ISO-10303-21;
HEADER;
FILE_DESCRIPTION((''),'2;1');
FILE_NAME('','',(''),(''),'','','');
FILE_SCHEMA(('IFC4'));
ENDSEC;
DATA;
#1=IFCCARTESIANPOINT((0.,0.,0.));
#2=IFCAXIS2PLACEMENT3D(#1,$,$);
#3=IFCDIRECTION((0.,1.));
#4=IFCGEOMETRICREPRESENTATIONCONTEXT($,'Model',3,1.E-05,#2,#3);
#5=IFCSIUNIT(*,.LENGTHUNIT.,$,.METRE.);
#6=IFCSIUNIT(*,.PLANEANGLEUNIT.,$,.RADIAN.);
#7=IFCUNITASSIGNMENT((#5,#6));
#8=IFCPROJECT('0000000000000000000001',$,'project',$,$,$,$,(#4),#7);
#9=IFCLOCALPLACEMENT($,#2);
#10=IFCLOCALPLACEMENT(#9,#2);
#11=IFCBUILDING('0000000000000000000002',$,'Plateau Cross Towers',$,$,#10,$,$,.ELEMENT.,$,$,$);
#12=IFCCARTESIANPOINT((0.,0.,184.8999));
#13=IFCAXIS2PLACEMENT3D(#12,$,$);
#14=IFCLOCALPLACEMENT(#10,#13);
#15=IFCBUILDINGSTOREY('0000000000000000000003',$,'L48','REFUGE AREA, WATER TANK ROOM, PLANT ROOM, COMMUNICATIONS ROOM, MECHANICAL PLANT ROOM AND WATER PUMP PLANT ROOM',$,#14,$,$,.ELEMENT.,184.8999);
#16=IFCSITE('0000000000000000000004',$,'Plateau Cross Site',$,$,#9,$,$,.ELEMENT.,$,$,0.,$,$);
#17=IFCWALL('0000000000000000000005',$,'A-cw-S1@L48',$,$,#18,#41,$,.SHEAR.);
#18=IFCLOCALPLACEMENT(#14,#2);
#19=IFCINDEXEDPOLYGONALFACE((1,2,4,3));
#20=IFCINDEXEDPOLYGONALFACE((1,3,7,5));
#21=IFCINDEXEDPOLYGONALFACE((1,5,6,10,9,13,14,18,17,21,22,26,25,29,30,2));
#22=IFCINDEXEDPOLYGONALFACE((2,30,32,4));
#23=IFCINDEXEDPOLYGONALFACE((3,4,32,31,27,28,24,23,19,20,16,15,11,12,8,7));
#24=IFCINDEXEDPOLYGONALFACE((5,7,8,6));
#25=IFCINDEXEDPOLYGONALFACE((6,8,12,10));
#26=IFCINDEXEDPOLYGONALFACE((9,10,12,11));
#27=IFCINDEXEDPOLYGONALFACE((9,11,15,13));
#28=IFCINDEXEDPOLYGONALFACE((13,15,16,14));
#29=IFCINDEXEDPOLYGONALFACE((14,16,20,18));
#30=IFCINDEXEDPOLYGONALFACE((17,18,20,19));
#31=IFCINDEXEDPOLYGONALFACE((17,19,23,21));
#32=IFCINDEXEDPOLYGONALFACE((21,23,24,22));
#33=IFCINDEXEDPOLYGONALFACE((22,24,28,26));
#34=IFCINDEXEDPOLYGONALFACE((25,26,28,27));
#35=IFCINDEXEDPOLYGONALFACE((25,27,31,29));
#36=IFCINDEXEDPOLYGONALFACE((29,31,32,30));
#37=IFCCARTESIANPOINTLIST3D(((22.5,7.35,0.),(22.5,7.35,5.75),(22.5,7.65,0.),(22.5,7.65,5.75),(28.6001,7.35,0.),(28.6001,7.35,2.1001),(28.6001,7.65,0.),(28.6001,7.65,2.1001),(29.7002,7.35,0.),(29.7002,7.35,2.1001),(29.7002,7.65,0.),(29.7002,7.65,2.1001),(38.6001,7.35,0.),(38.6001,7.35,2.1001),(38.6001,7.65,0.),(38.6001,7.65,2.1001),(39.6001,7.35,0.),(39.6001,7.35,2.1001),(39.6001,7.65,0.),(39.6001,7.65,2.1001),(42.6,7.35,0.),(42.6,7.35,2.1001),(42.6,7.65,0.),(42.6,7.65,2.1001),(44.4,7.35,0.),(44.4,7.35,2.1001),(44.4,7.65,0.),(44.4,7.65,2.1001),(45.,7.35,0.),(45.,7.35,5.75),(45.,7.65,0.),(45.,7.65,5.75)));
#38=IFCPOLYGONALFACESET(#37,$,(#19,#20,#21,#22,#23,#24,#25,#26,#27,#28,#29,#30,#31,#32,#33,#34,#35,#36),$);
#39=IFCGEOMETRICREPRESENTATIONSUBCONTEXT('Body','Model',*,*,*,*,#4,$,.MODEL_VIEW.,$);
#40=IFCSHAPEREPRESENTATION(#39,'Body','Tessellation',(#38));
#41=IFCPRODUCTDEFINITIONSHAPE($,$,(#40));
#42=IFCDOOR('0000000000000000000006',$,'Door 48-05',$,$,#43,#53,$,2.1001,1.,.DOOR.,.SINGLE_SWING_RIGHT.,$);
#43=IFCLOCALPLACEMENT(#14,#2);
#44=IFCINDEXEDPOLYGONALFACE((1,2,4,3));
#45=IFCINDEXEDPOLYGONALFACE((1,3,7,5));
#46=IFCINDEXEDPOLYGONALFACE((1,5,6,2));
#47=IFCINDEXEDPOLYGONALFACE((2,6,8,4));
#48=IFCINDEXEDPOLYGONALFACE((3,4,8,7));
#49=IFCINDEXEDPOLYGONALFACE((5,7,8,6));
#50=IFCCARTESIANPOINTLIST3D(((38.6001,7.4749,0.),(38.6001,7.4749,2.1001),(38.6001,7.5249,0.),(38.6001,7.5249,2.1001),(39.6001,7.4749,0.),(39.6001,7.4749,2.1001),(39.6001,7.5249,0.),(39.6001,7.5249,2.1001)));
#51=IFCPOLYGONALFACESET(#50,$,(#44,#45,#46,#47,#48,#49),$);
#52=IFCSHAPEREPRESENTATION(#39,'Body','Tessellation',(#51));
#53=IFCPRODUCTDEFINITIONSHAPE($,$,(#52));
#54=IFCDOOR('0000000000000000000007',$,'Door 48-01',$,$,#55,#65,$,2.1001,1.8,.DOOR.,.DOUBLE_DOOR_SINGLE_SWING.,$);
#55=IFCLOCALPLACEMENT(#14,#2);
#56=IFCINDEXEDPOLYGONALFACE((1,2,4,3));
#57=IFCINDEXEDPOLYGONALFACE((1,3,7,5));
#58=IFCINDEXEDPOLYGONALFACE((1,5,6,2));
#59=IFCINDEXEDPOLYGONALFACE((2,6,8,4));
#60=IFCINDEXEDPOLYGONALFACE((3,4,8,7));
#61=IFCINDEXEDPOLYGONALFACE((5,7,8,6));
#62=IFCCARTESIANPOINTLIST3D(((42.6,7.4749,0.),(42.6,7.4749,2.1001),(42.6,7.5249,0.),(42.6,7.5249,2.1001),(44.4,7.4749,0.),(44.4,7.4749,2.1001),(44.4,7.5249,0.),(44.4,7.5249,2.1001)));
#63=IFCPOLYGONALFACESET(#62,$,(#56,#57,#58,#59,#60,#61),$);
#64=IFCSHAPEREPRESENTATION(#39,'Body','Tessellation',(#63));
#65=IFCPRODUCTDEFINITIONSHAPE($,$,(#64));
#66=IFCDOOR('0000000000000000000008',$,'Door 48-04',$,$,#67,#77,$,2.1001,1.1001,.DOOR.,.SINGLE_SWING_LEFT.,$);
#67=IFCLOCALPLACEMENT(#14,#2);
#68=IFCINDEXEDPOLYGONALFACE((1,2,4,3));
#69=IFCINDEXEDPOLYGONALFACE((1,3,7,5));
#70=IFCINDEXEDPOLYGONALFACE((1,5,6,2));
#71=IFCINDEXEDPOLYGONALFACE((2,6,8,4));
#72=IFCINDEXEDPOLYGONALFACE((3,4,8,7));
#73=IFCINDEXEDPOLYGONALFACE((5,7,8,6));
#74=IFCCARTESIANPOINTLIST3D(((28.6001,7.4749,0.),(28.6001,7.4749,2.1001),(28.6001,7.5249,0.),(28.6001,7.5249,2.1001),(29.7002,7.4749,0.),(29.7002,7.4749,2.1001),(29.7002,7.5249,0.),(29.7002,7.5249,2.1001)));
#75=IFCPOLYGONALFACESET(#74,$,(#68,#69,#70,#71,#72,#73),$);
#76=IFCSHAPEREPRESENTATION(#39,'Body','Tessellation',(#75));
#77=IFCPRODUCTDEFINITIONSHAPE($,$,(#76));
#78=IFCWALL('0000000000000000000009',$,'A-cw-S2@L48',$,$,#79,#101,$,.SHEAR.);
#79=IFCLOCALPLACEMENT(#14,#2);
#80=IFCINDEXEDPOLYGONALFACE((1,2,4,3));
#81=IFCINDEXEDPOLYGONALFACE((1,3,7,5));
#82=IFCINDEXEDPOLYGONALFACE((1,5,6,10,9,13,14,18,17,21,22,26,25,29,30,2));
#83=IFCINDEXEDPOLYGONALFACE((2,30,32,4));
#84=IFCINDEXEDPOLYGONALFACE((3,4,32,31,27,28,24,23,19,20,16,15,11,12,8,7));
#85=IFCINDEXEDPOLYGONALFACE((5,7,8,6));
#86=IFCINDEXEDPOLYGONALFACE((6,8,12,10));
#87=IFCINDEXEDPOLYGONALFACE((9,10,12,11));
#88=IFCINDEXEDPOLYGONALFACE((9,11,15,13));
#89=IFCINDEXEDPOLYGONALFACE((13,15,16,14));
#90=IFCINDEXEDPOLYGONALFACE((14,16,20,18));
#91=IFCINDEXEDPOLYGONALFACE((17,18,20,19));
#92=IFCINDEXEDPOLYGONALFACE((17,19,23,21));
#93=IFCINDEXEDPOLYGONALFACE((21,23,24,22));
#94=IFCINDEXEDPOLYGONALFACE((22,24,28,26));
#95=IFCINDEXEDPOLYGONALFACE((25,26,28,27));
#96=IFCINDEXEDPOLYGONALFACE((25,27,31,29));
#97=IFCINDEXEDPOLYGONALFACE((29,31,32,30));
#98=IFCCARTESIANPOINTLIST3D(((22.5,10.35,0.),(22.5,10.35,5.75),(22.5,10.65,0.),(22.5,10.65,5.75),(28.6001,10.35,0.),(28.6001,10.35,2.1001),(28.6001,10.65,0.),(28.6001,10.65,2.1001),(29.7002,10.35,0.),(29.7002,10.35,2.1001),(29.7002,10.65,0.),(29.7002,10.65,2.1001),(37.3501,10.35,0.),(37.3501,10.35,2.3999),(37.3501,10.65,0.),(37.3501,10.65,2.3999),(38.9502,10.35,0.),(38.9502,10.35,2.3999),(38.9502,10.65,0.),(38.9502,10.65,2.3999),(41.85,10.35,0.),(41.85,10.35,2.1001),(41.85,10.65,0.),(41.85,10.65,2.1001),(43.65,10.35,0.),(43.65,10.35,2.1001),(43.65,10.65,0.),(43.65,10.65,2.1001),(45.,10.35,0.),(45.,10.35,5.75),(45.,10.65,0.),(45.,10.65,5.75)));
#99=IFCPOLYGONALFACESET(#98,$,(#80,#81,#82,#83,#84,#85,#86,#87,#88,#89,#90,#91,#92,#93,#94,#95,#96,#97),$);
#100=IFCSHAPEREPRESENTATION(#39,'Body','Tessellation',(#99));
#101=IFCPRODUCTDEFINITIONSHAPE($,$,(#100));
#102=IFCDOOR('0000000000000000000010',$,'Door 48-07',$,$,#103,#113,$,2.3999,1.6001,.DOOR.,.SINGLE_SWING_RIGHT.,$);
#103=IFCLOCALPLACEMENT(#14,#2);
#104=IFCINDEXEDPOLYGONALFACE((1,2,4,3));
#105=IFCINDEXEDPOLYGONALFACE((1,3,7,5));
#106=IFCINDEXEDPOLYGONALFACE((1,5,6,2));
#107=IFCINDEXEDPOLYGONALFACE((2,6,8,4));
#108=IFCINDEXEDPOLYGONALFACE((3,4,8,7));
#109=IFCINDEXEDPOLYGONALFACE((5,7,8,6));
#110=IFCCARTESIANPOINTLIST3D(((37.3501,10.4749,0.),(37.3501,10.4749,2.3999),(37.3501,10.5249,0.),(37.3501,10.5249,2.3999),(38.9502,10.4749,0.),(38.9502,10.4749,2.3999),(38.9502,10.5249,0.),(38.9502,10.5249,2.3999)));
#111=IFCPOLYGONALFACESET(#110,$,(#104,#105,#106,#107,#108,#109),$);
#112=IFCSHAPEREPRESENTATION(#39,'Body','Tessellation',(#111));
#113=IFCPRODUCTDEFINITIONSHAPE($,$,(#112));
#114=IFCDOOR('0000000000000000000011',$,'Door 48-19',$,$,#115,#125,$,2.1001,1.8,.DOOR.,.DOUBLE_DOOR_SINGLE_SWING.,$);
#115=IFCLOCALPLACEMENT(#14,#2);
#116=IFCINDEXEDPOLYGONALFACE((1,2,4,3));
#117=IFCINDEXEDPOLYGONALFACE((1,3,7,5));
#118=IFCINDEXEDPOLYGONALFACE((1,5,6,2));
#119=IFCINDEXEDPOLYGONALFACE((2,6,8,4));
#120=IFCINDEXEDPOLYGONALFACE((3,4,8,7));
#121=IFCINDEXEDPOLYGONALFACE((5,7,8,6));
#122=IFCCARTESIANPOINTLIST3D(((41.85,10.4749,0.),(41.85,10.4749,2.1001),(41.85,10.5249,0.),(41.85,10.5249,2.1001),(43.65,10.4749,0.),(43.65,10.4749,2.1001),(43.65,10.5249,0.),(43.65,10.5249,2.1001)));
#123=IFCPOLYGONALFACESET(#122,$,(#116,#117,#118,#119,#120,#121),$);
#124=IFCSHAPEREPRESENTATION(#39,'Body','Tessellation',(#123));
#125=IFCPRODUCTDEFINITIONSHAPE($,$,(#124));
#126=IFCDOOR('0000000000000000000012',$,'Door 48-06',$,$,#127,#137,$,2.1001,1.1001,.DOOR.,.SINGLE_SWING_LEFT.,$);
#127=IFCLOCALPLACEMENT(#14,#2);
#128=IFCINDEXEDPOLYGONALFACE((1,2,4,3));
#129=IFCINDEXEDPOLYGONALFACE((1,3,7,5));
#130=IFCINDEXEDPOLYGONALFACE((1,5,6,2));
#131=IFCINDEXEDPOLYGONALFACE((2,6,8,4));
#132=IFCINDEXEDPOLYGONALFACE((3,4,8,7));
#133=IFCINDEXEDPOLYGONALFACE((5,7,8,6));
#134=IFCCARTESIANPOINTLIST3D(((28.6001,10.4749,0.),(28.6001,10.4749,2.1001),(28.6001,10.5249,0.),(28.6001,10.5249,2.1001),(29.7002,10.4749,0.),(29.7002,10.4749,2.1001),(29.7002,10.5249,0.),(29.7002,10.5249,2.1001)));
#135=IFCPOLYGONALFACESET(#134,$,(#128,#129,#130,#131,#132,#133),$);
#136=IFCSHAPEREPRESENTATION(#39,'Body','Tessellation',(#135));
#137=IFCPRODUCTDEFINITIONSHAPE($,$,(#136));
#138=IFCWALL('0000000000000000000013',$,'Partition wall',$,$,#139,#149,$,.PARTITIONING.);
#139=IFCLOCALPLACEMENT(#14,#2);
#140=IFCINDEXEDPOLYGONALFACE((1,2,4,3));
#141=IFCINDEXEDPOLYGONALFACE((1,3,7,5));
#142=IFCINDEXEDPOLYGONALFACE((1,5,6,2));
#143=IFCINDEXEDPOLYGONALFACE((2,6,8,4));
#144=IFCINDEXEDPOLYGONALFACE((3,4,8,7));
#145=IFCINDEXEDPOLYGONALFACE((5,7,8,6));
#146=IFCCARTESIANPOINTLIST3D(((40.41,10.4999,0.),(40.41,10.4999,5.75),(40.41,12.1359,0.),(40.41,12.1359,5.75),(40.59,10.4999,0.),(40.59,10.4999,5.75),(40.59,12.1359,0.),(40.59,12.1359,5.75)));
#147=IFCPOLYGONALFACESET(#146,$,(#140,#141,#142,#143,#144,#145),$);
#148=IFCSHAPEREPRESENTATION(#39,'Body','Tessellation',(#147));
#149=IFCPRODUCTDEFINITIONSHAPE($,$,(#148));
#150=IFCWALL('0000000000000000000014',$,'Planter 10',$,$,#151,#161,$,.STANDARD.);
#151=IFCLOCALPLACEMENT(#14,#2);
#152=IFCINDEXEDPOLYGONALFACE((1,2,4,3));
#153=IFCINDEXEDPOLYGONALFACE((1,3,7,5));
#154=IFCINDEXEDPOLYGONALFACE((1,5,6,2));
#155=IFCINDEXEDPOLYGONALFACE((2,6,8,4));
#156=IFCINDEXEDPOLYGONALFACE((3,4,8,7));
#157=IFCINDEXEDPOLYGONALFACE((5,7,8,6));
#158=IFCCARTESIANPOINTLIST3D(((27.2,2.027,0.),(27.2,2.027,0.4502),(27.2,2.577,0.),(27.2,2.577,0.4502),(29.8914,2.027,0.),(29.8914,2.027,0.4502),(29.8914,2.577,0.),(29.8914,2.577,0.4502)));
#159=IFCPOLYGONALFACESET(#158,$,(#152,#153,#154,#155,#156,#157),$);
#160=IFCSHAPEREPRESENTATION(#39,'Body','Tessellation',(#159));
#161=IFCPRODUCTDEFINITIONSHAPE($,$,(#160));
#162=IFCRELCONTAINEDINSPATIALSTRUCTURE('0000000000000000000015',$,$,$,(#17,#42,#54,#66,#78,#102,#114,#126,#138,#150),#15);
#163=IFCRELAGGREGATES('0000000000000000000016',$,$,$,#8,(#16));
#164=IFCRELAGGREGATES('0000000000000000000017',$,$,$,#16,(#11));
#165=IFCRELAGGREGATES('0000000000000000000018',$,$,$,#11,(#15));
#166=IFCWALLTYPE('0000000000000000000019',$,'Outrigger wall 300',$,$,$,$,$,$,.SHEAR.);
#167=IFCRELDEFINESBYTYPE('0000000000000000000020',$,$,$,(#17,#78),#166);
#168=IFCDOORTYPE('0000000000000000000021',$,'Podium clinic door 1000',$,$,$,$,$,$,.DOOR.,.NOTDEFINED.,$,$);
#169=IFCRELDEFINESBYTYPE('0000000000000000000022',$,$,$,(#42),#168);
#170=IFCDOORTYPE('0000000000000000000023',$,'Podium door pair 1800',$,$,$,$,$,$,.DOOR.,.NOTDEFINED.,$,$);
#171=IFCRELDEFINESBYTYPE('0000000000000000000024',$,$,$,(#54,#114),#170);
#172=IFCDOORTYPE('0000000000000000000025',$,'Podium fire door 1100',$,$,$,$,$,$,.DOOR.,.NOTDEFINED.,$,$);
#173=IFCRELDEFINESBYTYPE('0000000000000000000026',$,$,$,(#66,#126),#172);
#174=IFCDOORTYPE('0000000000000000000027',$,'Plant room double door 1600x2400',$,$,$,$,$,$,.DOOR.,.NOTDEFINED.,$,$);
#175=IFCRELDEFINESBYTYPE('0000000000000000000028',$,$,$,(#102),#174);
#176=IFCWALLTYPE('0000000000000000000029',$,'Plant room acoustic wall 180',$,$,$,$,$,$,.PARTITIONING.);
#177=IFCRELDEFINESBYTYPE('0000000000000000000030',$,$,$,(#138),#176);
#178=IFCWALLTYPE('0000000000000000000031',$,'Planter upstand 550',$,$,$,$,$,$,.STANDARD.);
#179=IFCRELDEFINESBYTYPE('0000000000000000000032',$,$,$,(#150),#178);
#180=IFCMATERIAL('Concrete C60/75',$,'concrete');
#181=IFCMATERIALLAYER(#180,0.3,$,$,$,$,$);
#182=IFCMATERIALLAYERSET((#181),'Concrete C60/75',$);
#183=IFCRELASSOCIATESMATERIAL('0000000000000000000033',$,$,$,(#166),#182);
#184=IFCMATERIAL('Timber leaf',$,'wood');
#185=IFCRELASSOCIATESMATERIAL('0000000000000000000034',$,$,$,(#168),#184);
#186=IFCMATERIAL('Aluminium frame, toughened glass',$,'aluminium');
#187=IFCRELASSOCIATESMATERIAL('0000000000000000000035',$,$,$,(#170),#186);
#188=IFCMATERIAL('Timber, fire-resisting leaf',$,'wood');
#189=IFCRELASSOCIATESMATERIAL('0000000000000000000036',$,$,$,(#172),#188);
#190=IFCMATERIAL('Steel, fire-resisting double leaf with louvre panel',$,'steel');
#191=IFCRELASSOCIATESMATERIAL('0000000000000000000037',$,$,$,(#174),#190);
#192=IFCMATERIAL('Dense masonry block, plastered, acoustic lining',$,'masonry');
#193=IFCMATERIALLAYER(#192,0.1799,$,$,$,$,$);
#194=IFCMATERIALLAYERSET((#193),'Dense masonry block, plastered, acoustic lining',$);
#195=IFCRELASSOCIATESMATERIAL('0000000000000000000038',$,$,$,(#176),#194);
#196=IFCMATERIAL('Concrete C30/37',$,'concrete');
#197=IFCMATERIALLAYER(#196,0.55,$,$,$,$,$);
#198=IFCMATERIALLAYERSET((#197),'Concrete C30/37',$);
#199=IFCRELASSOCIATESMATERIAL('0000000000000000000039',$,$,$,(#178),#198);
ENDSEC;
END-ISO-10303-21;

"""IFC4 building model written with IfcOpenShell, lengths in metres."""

from ifc_helpers import new_model, si_unit, direction, frame, frame_2d, origin, place, context, subcontext, project, spatial, rectangle, extrude, material, layer, layer_set, type_object, element, fill, save


model = new_model("IFC4")

# Units and contexts
model_context = context("Model", 3, precision=1e-05, world=origin(), true_north=direction((0.0, 1.0)))
body_context = subcontext(model_context, "Body", "Model", "MODEL_VIEW")
ifc_project = project(units=[si_unit("LENGTHUNIT", "METRE"), si_unit("PLANEANGLEUNIT", "RADIAN")], contexts=[model_context])

# Site, building, storey
site_placement = place(None, origin())
site = spatial("IfcSite", under=ifc_project, at=site_placement, Name="Plateau Cross Site", CompositionType="ELEMENT", RefElevation=0.0)
building_placement = place(site_placement, origin())
building = spatial("IfcBuilding", under=site, at=building_placement, Name="Plateau Cross Towers", CompositionType="ELEMENT")
storey_placement = place(building_placement, frame((0.0, 0.0, 184.8999)))
storey = spatial("IfcBuildingStorey", under=building, at=storey_placement, Name="L48", Description="REFUGE AREA, WATER TANK ROOM, PLANT ROOM, COMMUNICATIONS ROOM, MECHANICAL PLANT ROOM AND WATER PUMP PLANT ROOM", CompositionType="ELEMENT", Elevation=184.8999)

# Shared definitions
ifc_material_1 = material(Name="Concrete C60/75", Category="concrete")

# Walls, openings, doors
ifc_layer_1 = layer(ifc_material_1, 0.3)
ifc_layer_set_1 = layer_set([ifc_layer_1], Name="Concrete C60/75")
wall_type_1 = type_object("IfcWallType", Name="Outrigger wall 300", PredefinedType="SHEAR", material=ifc_layer_set_1)
wall_1_placement = place(storey_placement, frame((22.5, 7.5, 0.0), z_axis=(0.0, 0.0, 1.0), x_axis=(1.0, 0.0, 0.0)))
wall_1 = element("IfcWall", 1, at=wall_1_placement, inside=storey, type_object=wall_type_1, Name="A-cw-S1@L48", PredefinedType="SHEAR", context=body_context, shape_type="SweptSolid", body=[
    extrude(rectangle(XDim=22.5, YDim=0.3, at=frame_2d((11.25, 0.0))), origin(), (0.0, 0.0, 1.0), 5.75),
])
opening_1_placement = place(wall_1_placement, frame((20.1001, 0.0, 0.0)))
opening_1 = element("IfcOpeningElement", 2, at=opening_1_placement, cuts=wall_1, PredefinedType="OPENING", context=body_context, shape_type="SweptSolid", body=[
    extrude(rectangle(XDim=1.8, YDim=2.1001, at=frame_2d((0.8999, 1.05))), frame((0.0, 0.1599, 0.0), z_axis=(0.0, -1.0, 0.0), x_axis=(1.0, 0.0, 0.0)), (0.0, 0.0, 1.0), 0.3201),
])
opening_2_placement = place(wall_1_placement, frame((6.1001, 0.0, 0.0)))
opening_2 = element("IfcOpeningElement", 3, at=opening_2_placement, cuts=wall_1, PredefinedType="OPENING", context=body_context, shape_type="SweptSolid", body=[
    extrude(rectangle(XDim=1.1001, YDim=2.1001, at=frame_2d((0.55, 1.05))), frame((0.0, 0.1599, 0.0), z_axis=(0.0, -1.0, 0.0), x_axis=(1.0, 0.0, 0.0)), (0.0, 0.0, 1.0), 0.3201),
])
opening_3_placement = place(wall_1_placement, frame((16.1001, 0.0, 0.0)))
opening_3 = element("IfcOpeningElement", 4, at=opening_3_placement, cuts=wall_1, PredefinedType="OPENING", context=body_context, shape_type="SweptSolid", body=[
    extrude(rectangle(XDim=1.0, YDim=2.1001, at=frame_2d((0.5, 1.05))), frame((0.0, 0.1599, 0.0), z_axis=(0.0, -1.0, 0.0), x_axis=(1.0, 0.0, 0.0)), (0.0, 0.0, 1.0), 0.3201),
])
ifc_material_2 = material(Name="Timber leaf", Category="wood")
door_type_1 = type_object("IfcDoorType", Name="Podium clinic door 1000", OperationType="NOTDEFINED", PredefinedType="DOOR", material=ifc_material_2)
door_1_placement = place(opening_3_placement, origin())
door_1 = element("IfcDoor", 5, at=door_1_placement, inside=storey, type_object=door_type_1, Name="Door 48-05", OperationType="SINGLE_SWING_RIGHT", OverallHeight=2.1001, OverallWidth=1.0, PredefinedType="DOOR", context=body_context, shape_type="SweptSolid", body=[
    extrude(rectangle(XDim=1.0, YDim=2.1001, at=frame_2d((0.5, 1.05))), frame((0.0, 0.0249, 0.0), z_axis=(0.0, -1.0, 0.0), x_axis=(1.0, 0.0, 0.0)), (0.0, 0.0, 1.0), 0.05),
])
fill(opening_3, door_1)
ifc_material_3 = material(Name="Aluminium frame, toughened glass", Category="aluminium")
door_type_2 = type_object("IfcDoorType", Name="Podium door pair 1800", OperationType="NOTDEFINED", PredefinedType="DOOR", material=ifc_material_3)
door_2_placement = place(opening_1_placement, origin())
door_2 = element("IfcDoor", 6, at=door_2_placement, inside=storey, type_object=door_type_2, Name="Door 48-01", OperationType="DOUBLE_DOOR_SINGLE_SWING", OverallHeight=2.1001, OverallWidth=1.8, PredefinedType="DOOR", context=body_context, shape_type="SweptSolid", body=[
    extrude(rectangle(XDim=1.8, YDim=2.1001, at=frame_2d((0.8999, 1.05))), frame((0.0, 0.0249, 0.0), z_axis=(0.0, -1.0, 0.0), x_axis=(1.0, 0.0, 0.0)), (0.0, 0.0, 1.0), 0.05),
])
fill(opening_1, door_2)
ifc_material_4 = material(Name="Timber, fire-resisting leaf", Category="wood")
door_type_3 = type_object("IfcDoorType", Name="Podium fire door 1100", OperationType="NOTDEFINED", PredefinedType="DOOR", material=ifc_material_4)
door_3_placement = place(opening_2_placement, origin())
door_3 = element("IfcDoor", 7, at=door_3_placement, inside=storey, type_object=door_type_3, Name="Door 48-04", OperationType="SINGLE_SWING_LEFT", OverallHeight=2.1001, OverallWidth=1.1001, PredefinedType="DOOR", context=body_context, shape_type="SweptSolid", body=[
    extrude(rectangle(XDim=1.1001, YDim=2.1001, at=frame_2d((0.55, 1.05))), frame((0.0, 0.0249, 0.0), z_axis=(0.0, -1.0, 0.0), x_axis=(1.0, 0.0, 0.0)), (0.0, 0.0, 1.0), 0.05),
])
fill(opening_2, door_3)
wall_2_placement = place(storey_placement, frame((22.5, 10.5, 0.0), z_axis=(0.0, 0.0, 1.0), x_axis=(1.0, 0.0, 0.0)))
wall_2 = element("IfcWall", 8, at=wall_2_placement, inside=storey, type_object=wall_type_1, Name="A-cw-S2@L48", PredefinedType="SHEAR", context=body_context, shape_type="SweptSolid", body=[
    extrude(rectangle(XDim=22.5, YDim=0.3, at=frame_2d((11.25, 0.0))), origin(), (0.0, 0.0, 1.0), 5.75),
])
opening_4_placement = place(wall_2_placement, frame((6.1001, 0.0, 0.0)))
opening_4 = element("IfcOpeningElement", 9, at=opening_4_placement, cuts=wall_2, PredefinedType="OPENING", context=body_context, shape_type="SweptSolid", body=[
    extrude(rectangle(XDim=1.1001, YDim=2.1001, at=frame_2d((0.55, 1.05))), frame((0.0, 0.1599, 0.0), z_axis=(0.0, -1.0, 0.0), x_axis=(1.0, 0.0, 0.0)), (0.0, 0.0, 1.0), 0.3201),
])
opening_5_placement = place(wall_2_placement, frame((14.8501, 0.0, 0.0)))
opening_5 = element("IfcOpeningElement", 10, at=opening_5_placement, cuts=wall_2, PredefinedType="OPENING", context=body_context, shape_type="SweptSolid", body=[
    extrude(rectangle(XDim=1.6001, YDim=2.3999, at=frame_2d((0.8, 1.2))), frame((0.0, 0.1599, 0.0), z_axis=(0.0, -1.0, 0.0), x_axis=(1.0, 0.0, 0.0)), (0.0, 0.0, 1.0), 0.3201),
])
opening_6_placement = place(wall_2_placement, frame((19.3501, 0.0, 0.0)))
opening_6 = element("IfcOpeningElement", 11, at=opening_6_placement, cuts=wall_2, PredefinedType="OPENING", context=body_context, shape_type="SweptSolid", body=[
    extrude(rectangle(XDim=1.8, YDim=2.1001, at=frame_2d((0.8999, 1.05))), frame((0.0, 0.1599, 0.0), z_axis=(0.0, -1.0, 0.0), x_axis=(1.0, 0.0, 0.0)), (0.0, 0.0, 1.0), 0.3201),
])
ifc_material_5 = material(Name="Steel, fire-resisting double leaf with louvre panel", Category="steel")
door_type_4 = type_object("IfcDoorType", Name="Plant room double door 1600x2400", OperationType="NOTDEFINED", PredefinedType="DOOR", material=ifc_material_5)
door_4_placement = place(opening_5_placement, origin())
door_4 = element("IfcDoor", 12, at=door_4_placement, inside=storey, type_object=door_type_4, Name="Door 48-07", OperationType="SINGLE_SWING_RIGHT", OverallHeight=2.3999, OverallWidth=1.6001, PredefinedType="DOOR", context=body_context, shape_type="SweptSolid", body=[
    extrude(rectangle(XDim=1.6001, YDim=2.3999, at=frame_2d((0.8, 1.2))), frame((0.0, 0.0249, 0.0), z_axis=(0.0, -1.0, 0.0), x_axis=(1.0, 0.0, 0.0)), (0.0, 0.0, 1.0), 0.05),
])
fill(opening_5, door_4)
door_5_placement = place(opening_6_placement, origin())
door_5 = element("IfcDoor", 13, at=door_5_placement, inside=storey, type_object=door_type_2, Name="Door 48-19", OperationType="DOUBLE_DOOR_SINGLE_SWING", OverallHeight=2.1001, OverallWidth=1.8, PredefinedType="DOOR", context=body_context, shape_type="SweptSolid", body=[
    extrude(rectangle(XDim=1.8, YDim=2.1001, at=frame_2d((0.8999, 1.05))), frame((0.0, 0.0249, 0.0), z_axis=(0.0, -1.0, 0.0), x_axis=(1.0, 0.0, 0.0)), (0.0, 0.0, 1.0), 0.05),
])
fill(opening_6, door_5)
door_6_placement = place(opening_4_placement, origin())
door_6 = element("IfcDoor", 14, at=door_6_placement, inside=storey, type_object=door_type_3, Name="Door 48-06", OperationType="SINGLE_SWING_LEFT", OverallHeight=2.1001, OverallWidth=1.1001, PredefinedType="DOOR", context=body_context, shape_type="SweptSolid", body=[
    extrude(rectangle(XDim=1.1001, YDim=2.1001, at=frame_2d((0.55, 1.05))), frame((0.0, 0.0249, 0.0), z_axis=(0.0, -1.0, 0.0), x_axis=(1.0, 0.0, 0.0)), (0.0, 0.0, 1.0), 0.05),
])
fill(opening_4, door_6)

# Walls
ifc_material_6 = material(Name="Dense masonry block, plastered, acoustic lining", Category="masonry")
ifc_layer_2 = layer(ifc_material_6, 0.1799)
ifc_layer_set_2 = layer_set([ifc_layer_2], Name="Dense masonry block, plastered, acoustic lining")
wall_type_2 = type_object("IfcWallType", Name="Plant room acoustic wall 180", PredefinedType="PARTITIONING", material=ifc_layer_set_2)
wall_3_placement = place(storey_placement, frame((40.5, 10.5, 0.0), z_axis=(0.0, 0.0, 1.0), x_axis=(0.0, 1.0, 0.0)))
element("IfcWall", 15, at=wall_3_placement, inside=storey, type_object=wall_type_2, Name="Partition wall", PredefinedType="PARTITIONING", context=body_context, shape_type="SweptSolid", body=[
    extrude(rectangle(XDim=1.636, YDim=0.1799, at=frame_2d((0.8179, 0.0))), origin(), (0.0, 0.0, 1.0), 5.75),
])
ifc_material_7 = material(Name="Concrete C30/37", Category="concrete")
ifc_layer_3 = layer(ifc_material_7, 0.55)
ifc_layer_set_3 = layer_set([ifc_layer_3], Name="Concrete C30/37")
wall_type_3 = type_object("IfcWallType", Name="Planter upstand 550", PredefinedType="STANDARD", material=ifc_layer_set_3)
wall_4_placement = place(storey_placement, frame((29.8914, 2.302, 0.0), z_axis=(0.0, 0.0, 1.0), x_axis=(-1.0, 0.0, 0.0)))
element("IfcWall", 16, at=wall_4_placement, inside=storey, type_object=wall_type_3, Name="Planter 10", PredefinedType="STANDARD", context=body_context, shape_type="SweptSolid", body=[
    extrude(rectangle(XDim=2.6914, YDim=0.55, at=frame_2d((1.3457, 0.0))), origin(), (0.0, 0.0, 1.0), 0.4502),
])

save(model, "model.ifc")
